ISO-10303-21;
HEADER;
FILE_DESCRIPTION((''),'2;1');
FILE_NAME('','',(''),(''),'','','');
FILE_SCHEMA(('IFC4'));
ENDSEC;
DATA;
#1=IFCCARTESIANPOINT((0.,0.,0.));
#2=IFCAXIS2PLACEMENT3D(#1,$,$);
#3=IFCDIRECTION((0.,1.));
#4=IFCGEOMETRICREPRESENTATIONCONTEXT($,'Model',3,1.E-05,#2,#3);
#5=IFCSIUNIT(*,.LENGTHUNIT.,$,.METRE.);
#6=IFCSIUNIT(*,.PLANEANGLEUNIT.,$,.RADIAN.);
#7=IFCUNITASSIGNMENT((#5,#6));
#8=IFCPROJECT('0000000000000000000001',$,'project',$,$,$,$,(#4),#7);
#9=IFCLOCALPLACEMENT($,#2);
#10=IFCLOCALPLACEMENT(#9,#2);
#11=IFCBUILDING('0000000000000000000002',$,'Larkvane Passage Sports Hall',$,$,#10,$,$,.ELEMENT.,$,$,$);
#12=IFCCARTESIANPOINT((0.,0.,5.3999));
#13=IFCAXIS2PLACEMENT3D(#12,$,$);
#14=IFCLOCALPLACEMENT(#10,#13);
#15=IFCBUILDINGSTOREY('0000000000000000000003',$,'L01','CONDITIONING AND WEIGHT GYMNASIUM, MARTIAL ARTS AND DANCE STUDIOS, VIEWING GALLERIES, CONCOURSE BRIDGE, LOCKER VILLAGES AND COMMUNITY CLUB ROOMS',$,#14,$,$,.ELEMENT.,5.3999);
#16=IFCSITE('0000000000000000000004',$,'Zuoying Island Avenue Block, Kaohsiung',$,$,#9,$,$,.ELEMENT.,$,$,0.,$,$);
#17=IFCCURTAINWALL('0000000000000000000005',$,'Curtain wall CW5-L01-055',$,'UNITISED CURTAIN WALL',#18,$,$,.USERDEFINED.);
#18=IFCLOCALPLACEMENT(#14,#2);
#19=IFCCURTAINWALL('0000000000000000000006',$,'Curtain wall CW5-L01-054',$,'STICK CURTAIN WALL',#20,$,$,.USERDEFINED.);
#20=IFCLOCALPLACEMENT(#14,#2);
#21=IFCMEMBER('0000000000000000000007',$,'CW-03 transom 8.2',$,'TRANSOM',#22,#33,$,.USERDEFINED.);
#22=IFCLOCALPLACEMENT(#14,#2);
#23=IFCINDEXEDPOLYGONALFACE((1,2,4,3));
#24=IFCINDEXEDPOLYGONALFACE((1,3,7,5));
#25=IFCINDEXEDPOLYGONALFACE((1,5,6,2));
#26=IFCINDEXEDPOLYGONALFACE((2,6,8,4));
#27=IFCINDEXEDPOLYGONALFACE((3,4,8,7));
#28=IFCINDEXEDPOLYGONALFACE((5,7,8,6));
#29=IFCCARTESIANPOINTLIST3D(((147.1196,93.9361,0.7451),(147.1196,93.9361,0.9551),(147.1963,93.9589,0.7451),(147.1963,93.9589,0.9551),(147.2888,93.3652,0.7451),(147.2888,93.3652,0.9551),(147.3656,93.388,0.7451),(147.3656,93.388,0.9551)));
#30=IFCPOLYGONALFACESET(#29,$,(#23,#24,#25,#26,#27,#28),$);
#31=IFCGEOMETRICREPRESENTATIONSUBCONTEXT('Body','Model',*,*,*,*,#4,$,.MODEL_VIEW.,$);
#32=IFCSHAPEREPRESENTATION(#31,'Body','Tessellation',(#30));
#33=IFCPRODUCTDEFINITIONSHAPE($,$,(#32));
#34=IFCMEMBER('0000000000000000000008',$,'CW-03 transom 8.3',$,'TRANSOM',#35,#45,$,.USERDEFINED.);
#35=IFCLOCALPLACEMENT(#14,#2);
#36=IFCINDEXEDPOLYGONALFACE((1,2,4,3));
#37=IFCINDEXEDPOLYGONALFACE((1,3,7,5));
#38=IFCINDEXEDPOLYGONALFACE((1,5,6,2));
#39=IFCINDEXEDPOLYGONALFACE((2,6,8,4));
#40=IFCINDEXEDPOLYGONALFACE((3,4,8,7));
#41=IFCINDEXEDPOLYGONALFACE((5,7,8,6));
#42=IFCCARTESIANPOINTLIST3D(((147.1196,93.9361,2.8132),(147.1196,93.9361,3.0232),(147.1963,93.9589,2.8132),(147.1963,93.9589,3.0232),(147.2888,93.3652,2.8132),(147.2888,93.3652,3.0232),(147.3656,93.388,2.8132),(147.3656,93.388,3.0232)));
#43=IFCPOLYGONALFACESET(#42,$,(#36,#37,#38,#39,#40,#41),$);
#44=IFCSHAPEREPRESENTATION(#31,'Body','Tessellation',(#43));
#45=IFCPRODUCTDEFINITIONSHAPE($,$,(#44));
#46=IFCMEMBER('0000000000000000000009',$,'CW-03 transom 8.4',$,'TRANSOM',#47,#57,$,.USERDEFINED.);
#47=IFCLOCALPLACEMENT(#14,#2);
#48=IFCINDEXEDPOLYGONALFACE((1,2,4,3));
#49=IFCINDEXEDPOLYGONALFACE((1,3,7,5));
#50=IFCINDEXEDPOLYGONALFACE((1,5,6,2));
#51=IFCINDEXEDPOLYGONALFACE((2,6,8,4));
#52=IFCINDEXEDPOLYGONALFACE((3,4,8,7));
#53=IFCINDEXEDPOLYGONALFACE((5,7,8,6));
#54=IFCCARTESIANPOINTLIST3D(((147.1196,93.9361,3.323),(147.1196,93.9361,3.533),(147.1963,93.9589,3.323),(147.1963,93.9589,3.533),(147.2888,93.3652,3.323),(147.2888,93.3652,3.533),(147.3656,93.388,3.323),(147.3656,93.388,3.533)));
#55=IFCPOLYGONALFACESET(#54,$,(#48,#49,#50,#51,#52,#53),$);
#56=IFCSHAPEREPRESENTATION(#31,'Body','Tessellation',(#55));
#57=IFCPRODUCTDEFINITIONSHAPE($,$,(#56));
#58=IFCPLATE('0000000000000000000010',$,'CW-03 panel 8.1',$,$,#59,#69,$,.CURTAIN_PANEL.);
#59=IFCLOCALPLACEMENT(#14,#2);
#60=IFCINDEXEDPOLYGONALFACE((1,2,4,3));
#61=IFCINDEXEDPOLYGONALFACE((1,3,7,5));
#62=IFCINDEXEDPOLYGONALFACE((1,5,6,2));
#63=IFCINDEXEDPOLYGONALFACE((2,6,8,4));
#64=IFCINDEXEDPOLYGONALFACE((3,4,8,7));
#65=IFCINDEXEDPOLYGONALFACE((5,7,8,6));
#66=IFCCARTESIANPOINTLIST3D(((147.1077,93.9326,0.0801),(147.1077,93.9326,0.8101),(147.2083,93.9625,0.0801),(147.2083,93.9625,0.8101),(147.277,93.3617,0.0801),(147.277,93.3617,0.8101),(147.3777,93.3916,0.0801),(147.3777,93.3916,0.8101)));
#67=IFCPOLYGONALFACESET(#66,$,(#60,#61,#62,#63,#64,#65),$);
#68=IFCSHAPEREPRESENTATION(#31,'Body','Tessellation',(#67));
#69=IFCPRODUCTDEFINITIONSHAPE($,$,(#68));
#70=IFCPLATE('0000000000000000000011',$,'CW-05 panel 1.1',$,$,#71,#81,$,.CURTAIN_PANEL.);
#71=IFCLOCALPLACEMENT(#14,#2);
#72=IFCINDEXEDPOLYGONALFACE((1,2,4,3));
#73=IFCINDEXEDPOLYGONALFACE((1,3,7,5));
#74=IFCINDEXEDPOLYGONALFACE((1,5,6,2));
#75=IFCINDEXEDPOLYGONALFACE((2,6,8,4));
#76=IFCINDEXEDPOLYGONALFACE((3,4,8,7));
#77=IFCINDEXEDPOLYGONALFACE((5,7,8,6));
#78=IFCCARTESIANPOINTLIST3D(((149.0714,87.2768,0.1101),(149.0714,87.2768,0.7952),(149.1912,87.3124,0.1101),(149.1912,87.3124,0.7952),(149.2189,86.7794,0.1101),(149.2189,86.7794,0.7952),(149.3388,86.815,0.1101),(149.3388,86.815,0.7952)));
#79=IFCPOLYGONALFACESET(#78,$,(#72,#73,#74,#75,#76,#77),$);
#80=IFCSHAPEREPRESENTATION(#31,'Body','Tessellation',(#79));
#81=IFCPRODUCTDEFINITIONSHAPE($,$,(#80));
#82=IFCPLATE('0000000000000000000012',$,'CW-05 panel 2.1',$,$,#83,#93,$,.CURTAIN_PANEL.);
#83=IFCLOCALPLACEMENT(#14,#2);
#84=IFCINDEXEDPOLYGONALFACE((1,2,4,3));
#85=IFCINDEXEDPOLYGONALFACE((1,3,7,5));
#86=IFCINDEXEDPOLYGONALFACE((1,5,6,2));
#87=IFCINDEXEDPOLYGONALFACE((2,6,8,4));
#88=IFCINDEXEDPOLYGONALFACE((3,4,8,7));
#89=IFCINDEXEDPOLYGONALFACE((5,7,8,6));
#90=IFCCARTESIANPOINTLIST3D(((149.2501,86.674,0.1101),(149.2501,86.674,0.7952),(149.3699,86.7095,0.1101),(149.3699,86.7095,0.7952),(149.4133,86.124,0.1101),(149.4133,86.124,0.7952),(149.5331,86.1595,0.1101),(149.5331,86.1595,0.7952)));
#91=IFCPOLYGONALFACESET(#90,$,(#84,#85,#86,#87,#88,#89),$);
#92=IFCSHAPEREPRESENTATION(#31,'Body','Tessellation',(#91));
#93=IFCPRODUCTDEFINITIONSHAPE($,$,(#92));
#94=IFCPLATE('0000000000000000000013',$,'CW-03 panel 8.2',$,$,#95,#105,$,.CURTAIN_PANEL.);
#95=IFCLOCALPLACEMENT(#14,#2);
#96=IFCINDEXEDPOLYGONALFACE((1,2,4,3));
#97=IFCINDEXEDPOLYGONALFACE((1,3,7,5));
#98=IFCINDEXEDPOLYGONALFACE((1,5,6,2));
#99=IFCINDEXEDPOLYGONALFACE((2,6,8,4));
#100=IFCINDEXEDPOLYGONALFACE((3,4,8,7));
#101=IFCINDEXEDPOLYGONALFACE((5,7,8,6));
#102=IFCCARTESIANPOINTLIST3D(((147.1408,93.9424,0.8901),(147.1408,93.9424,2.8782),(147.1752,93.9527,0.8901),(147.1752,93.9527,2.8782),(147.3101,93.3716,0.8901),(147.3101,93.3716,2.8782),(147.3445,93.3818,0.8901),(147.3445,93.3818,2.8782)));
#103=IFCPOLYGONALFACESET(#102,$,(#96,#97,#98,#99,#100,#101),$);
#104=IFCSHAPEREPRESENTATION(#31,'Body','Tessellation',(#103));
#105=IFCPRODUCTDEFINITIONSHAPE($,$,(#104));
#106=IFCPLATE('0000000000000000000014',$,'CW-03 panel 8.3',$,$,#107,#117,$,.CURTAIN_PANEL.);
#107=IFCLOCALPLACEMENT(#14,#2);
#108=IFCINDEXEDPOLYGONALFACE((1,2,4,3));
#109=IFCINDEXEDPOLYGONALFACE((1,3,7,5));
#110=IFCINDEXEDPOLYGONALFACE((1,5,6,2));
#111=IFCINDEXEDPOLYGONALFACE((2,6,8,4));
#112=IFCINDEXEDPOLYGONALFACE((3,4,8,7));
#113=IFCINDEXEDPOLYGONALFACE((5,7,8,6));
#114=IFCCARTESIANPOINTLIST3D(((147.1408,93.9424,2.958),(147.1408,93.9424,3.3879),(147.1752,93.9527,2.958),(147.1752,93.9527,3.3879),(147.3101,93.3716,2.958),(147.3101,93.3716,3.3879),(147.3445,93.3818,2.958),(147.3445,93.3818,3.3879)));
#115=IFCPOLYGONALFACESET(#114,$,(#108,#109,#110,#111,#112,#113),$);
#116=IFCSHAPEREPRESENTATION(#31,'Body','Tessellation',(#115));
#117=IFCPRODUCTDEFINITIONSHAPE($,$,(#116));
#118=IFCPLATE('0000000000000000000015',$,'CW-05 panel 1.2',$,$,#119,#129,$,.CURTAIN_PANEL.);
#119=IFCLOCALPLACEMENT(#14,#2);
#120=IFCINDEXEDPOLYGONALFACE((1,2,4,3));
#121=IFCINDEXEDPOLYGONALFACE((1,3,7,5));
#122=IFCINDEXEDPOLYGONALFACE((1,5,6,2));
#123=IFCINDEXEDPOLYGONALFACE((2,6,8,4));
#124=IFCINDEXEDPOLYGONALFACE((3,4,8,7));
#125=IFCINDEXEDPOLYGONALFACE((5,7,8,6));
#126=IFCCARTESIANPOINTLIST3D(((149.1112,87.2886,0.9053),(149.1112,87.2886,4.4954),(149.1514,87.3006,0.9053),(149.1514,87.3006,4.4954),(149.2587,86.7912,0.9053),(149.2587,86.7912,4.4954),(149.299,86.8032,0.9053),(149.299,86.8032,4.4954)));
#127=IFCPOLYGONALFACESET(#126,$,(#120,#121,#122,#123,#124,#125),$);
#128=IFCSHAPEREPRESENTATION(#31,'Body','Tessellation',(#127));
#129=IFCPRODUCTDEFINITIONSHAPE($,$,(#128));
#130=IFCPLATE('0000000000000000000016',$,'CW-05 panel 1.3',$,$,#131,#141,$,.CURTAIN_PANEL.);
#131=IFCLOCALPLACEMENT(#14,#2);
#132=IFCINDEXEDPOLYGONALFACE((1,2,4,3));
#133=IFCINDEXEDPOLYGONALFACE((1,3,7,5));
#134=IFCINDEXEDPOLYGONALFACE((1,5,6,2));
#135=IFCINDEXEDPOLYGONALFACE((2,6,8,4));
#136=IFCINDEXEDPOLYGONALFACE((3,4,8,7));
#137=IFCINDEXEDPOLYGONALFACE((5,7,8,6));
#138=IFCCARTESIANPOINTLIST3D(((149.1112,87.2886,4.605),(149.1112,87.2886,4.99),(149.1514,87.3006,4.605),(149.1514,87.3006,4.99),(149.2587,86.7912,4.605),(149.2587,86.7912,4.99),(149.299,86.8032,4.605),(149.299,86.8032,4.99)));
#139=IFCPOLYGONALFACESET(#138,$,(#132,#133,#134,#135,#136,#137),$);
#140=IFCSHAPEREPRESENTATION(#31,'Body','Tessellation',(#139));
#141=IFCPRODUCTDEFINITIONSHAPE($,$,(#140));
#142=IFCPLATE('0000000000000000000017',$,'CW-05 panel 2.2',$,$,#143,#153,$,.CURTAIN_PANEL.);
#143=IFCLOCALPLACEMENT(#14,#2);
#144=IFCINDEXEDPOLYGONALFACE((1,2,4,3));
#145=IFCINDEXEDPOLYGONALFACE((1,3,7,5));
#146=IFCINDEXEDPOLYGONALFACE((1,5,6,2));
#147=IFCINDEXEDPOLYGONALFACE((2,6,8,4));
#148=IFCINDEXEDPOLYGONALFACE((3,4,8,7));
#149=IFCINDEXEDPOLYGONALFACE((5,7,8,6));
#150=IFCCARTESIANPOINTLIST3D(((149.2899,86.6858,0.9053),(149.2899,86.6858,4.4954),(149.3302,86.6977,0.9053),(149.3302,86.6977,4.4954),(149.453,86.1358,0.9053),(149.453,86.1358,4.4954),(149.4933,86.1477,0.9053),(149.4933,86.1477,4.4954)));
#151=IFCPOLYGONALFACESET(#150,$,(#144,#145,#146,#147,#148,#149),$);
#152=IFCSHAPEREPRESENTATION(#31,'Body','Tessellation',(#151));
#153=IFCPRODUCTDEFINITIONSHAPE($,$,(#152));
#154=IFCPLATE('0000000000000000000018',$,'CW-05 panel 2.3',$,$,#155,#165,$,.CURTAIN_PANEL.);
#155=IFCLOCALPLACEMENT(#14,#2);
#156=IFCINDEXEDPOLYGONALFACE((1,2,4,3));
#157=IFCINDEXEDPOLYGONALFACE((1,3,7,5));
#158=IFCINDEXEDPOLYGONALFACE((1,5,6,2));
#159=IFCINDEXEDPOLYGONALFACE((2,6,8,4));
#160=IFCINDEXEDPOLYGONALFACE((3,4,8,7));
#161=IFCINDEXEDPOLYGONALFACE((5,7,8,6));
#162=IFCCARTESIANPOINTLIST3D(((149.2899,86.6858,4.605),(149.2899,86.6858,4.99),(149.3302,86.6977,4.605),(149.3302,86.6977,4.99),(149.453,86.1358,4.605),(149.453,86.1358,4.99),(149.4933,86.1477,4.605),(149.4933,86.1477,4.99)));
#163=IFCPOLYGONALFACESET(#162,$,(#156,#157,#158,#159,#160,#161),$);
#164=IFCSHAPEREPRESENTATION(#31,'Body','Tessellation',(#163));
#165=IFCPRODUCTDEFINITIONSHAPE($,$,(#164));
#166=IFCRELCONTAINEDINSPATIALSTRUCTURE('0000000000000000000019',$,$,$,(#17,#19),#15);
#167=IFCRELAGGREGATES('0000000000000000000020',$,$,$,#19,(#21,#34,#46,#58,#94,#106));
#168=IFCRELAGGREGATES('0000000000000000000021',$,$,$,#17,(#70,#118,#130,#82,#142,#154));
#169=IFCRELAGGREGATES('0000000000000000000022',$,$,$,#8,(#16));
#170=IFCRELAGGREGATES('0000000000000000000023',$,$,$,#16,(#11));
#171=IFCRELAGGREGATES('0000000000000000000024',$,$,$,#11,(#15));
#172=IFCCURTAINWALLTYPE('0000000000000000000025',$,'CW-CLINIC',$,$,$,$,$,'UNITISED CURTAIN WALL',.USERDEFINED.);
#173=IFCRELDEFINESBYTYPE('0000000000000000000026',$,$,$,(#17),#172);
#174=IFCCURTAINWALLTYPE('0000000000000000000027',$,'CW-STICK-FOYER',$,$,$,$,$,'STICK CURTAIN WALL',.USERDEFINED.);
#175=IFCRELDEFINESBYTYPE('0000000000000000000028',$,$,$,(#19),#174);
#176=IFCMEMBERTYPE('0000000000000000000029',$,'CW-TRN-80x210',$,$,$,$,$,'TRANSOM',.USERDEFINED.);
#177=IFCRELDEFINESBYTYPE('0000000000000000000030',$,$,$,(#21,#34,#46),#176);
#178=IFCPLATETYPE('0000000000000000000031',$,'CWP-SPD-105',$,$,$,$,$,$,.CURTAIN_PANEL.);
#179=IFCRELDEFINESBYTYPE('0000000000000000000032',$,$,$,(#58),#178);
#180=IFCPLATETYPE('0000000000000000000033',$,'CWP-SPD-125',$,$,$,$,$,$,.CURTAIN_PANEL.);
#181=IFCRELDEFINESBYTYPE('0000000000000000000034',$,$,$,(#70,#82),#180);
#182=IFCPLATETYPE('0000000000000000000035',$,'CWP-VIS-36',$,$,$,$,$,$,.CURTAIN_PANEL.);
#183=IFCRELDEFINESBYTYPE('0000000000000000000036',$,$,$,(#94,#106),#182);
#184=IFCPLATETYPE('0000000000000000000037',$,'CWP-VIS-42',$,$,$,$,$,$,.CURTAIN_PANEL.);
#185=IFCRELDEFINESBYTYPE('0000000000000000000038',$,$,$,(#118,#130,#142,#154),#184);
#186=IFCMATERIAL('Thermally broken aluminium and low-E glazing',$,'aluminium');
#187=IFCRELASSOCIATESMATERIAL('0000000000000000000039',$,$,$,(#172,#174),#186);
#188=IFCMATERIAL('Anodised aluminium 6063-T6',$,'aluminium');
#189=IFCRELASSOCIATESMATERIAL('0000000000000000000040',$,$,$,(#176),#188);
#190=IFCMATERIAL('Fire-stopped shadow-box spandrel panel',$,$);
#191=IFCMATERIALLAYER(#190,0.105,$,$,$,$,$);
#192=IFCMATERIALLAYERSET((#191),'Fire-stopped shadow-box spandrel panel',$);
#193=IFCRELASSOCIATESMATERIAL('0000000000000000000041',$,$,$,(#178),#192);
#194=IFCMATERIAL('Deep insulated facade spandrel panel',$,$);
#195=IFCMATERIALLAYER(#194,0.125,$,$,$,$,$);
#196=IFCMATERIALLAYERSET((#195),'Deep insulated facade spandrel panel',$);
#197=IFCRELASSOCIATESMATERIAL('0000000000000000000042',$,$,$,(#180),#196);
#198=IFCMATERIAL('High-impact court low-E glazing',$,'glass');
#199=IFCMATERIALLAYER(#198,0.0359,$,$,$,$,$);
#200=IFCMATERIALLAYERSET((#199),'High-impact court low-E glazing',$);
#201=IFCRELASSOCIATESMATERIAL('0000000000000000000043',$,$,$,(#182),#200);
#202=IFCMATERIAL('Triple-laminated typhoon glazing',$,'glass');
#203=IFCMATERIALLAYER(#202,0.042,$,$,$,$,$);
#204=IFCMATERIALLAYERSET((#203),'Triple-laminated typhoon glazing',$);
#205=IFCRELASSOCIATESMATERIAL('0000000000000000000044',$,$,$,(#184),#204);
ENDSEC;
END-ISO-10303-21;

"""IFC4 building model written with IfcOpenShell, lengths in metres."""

from ifc_helpers import new_model, si_unit, direction, frame, origin, origin_2d, place, context, subcontext, project, spatial, rectangle, extrude, material, layer, layer_set, material_profile, profile_set, type_object, element, aggregate, save


model = new_model("IFC4")

# Units and contexts
model_context = context("Model", 3, precision=1e-05, world=origin(), true_north=direction((0.0, 1.0)))
body_context = subcontext(model_context, "Body", "Model", "MODEL_VIEW")
ifc_project = project(units=[si_unit("LENGTHUNIT", "METRE"), si_unit("PLANEANGLEUNIT", "RADIAN")], contexts=[model_context])

# Site, building, storey
site_placement = place(None, origin())
site = spatial("IfcSite", under=ifc_project, at=site_placement, Name="Zuoying Island Avenue Block, Kaohsiung", CompositionType="ELEMENT", RefElevation=0.0)
building_placement = place(site_placement, origin())
building = spatial("IfcBuilding", under=site, at=building_placement, Name="Larkvane Passage Sports Hall", CompositionType="ELEMENT")
storey_placement = place(building_placement, frame((0.0, 0.0, 5.3999)))
storey = spatial("IfcBuildingStorey", under=building, at=storey_placement, Name="L01", Description="CONDITIONING AND WEIGHT GYMNASIUM, MARTIAL ARTS AND DANCE STUDIOS, VIEWING GALLERIES, CONCOURSE BRIDGE, LOCKER VILLAGES AND COMMUNITY CLUB ROOMS", CompositionType="ELEMENT", Elevation=5.3999)

# Curtain walls
ifc_material_1 = material(Name="Thermally broken aluminium and low-E glazing", Category="aluminium")
curtain_wall_type_1 = type_object("IfcCurtainWallType", Name="CW-CLINIC", ElementType="UNITISED CURTAIN WALL", PredefinedType="USERDEFINED", material=ifc_material_1)
curtain_wall_1_placement = place(storey_placement, origin())
curtain_wall_1 = element("IfcCurtainWall", 1, at=curtain_wall_1_placement, inside=storey, type_object=curtain_wall_type_1, Name="Curtain wall CW5-L01-055", ObjectType="UNITISED CURTAIN WALL", PredefinedType="USERDEFINED")
ifc_material_2 = material(Name="Anodised aluminium 6063-T6", Category="aluminium")
curtain_wall_type_2 = type_object("IfcCurtainWallType", Name="CW-STICK-FOYER", ElementType="STICK CURTAIN WALL", PredefinedType="USERDEFINED", material=ifc_material_1)
curtain_wall_2_placement = place(storey_placement, origin())
curtain_wall_2 = element("IfcCurtainWall", 2, at=curtain_wall_2_placement, inside=storey, type_object=curtain_wall_type_2, Name="Curtain wall CW5-L01-054", ObjectType="STICK CURTAIN WALL", PredefinedType="USERDEFINED")

# Members
ifc_material_profile_1 = material_profile(ifc_material_2, rectangle(XDim=0.0801, YDim=0.21, at=origin_2d()), Name="ALU-TRN-80x210")
ifc_profile_set_1 = profile_set([ifc_material_profile_1], Name="Anodised aluminium 6063-T6")
member_type_1 = type_object("IfcMemberType", Name="CW-TRN-80x210", ElementType="TRANSOM", PredefinedType="USERDEFINED", material=ifc_profile_set_1)
member_1_placement = place(storey_placement, frame((147.158, 93.9475, 0.8501), z_axis=(0.284186, -0.958769, 0.0), x_axis=(0.958769, 0.284186, 0.0)))
member_1 = element("IfcMember", 3, at=member_1_placement, type_object=member_type_1, Name="CW-03 transom 8.2", ObjectType="TRANSOM", PredefinedType="USERDEFINED", context=body_context, shape_type="SweptSolid", body=[
    extrude(rectangle(XDim=0.0801, YDim=0.21, at=origin_2d()), origin(), (0.0, 0.0, 1.0), 0.5955),
])
member_2_placement = place(storey_placement, frame((147.158, 93.9475, 2.9182), z_axis=(0.284186, -0.958769, 0.0), x_axis=(0.958769, 0.284186, 0.0)))
member_2 = element("IfcMember", 4, at=member_2_placement, type_object=member_type_1, Name="CW-03 transom 8.3", ObjectType="TRANSOM", PredefinedType="USERDEFINED", context=body_context, shape_type="SweptSolid", body=[
    extrude(rectangle(XDim=0.0801, YDim=0.21, at=origin_2d()), origin(), (0.0, 0.0, 1.0), 0.5955),
])
member_3_placement = place(storey_placement, frame((147.158, 93.9475, 3.428), z_axis=(0.284186, -0.958769, 0.0), x_axis=(0.958769, 0.284186, 0.0)))
member_3 = element("IfcMember", 5, at=member_3_placement, type_object=member_type_1, Name="CW-03 transom 8.4", ObjectType="TRANSOM", PredefinedType="USERDEFINED", context=body_context, shape_type="SweptSolid", body=[
    extrude(rectangle(XDim=0.0801, YDim=0.21, at=origin_2d()), origin(), (0.0, 0.0, 1.0), 0.5955),
])

# Plates
ifc_material_3 = material(Name="Fire-stopped shadow-box spandrel panel")
ifc_layer_1 = layer(ifc_material_3, 0.105)
ifc_layer_set_1 = layer_set([ifc_layer_1], Name="Fire-stopped shadow-box spandrel panel")
plate_type_1 = type_object("IfcPlateType", Name="CWP-SPD-105", PredefinedType="CURTAIN_PANEL", material=ifc_layer_set_1)
plate_1_placement = place(storey_placement, frame((147.2427, 93.6621, 0.0801), z_axis=(0.0, 0.0, 1.0), x_axis=(0.284363, -0.958717, 0.0)))
plate_1 = element("IfcPlate", 6, at=plate_1_placement, type_object=plate_type_1, Name="CW-03 panel 8.1", PredefinedType="CURTAIN_PANEL", context=body_context, shape_type="SweptSolid", body=[
    extrude(rectangle(XDim=0.5955, YDim=0.105, at=origin_2d()), origin(), (0.0, 0.0, 1.0), 0.73),
])
ifc_material_4 = material(Name="Deep insulated facade spandrel panel")
ifc_layer_2 = layer(ifc_material_4, 0.125)
ifc_layer_set_2 = layer_set([ifc_layer_2], Name="Deep insulated facade spandrel panel")
plate_type_2 = type_object("IfcPlateType", Name="CWP-SPD-125", PredefinedType="CURTAIN_PANEL", material=ifc_layer_set_2)
plate_2_placement = place(storey_placement, frame((149.2051, 87.0459, 0.1101), z_axis=(0.0, 0.0, 1.0), x_axis=(0.284365, -0.958716, 0.0)))
plate_2 = element("IfcPlate", 7, at=plate_2_placement, type_object=plate_type_2, Name="CW-05 panel 1.1", PredefinedType="CURTAIN_PANEL", context=body_context, shape_type="SweptSolid", body=[
    extrude(rectangle(XDim=0.5188, YDim=0.125, at=origin_2d()), origin(), (0.0, 0.0, 1.0), 0.6851),
])
plate_3_placement = place(storey_placement, frame((149.3916, 86.4167, 0.1101), z_axis=(0.0, 0.0, 1.0), x_axis=(0.284365, -0.958716, 0.0)))
plate_3 = element("IfcPlate", 8, at=plate_3_placement, type_object=plate_type_2, Name="CW-05 panel 2.1", PredefinedType="CURTAIN_PANEL", context=body_context, shape_type="SweptSolid", body=[
    extrude(rectangle(XDim=0.5737, YDim=0.125, at=origin_2d()), origin(), (0.0, 0.0, 1.0), 0.6851),
])
ifc_material_5 = material(Name="High-impact court low-E glazing", Category="glass")
ifc_layer_3 = layer(ifc_material_5, 0.0359)
ifc_layer_set_3 = layer_set([ifc_layer_3], Name="High-impact court low-E glazing")
plate_type_3 = type_object("IfcPlateType", Name="CWP-VIS-36", PredefinedType="CURTAIN_PANEL", material=ifc_layer_set_3)
plate_4_placement = place(storey_placement, frame((147.2427, 93.6621, 0.8901), z_axis=(0.0, 0.0, 1.0), x_axis=(0.284363, -0.958717, 0.0)))
plate_4 = element("IfcPlate", 9, at=plate_4_placement, type_object=plate_type_3, Name="CW-03 panel 8.2", PredefinedType="CURTAIN_PANEL", context=body_context, shape_type="SweptSolid", body=[
    extrude(rectangle(XDim=0.5955, YDim=0.0359, at=origin_2d()), origin(), (0.0, 0.0, 1.0), 1.988),
])
plate_5_placement = place(storey_placement, frame((147.2427, 93.6621, 2.958), z_axis=(0.0, 0.0, 1.0), x_axis=(0.284363, -0.958717, 0.0)))
plate_5 = element("IfcPlate", 10, at=plate_5_placement, type_object=plate_type_3, Name="CW-03 panel 8.3", PredefinedType="CURTAIN_PANEL", context=body_context, shape_type="SweptSolid", body=[
    extrude(rectangle(XDim=0.5955, YDim=0.0359, at=origin_2d()), origin(), (0.0, 0.0, 1.0), 0.4299),
])
aggregate(curtain_wall_2, [member_1, member_2, member_3, plate_1, plate_4, plate_5])
ifc_material_6 = material(Name="Triple-laminated typhoon glazing", Category="glass")
ifc_layer_4 = layer(ifc_material_6, 0.042)
ifc_layer_set_4 = layer_set([ifc_layer_4], Name="Triple-laminated typhoon glazing")
plate_type_4 = type_object("IfcPlateType", Name="CWP-VIS-42", PredefinedType="CURTAIN_PANEL", material=ifc_layer_set_4)
plate_6_placement = place(storey_placement, frame((149.2051, 87.0459, 0.9053), z_axis=(0.0, 0.0, 1.0), x_axis=(0.284365, -0.958716, 0.0)))
plate_6 = element("IfcPlate", 11, at=plate_6_placement, type_object=plate_type_4, Name="CW-05 panel 1.2", PredefinedType="CURTAIN_PANEL", context=body_context, shape_type="SweptSolid", body=[
    extrude(rectangle(XDim=0.5188, YDim=0.042, at=origin_2d()), origin(), (0.0, 0.0, 1.0), 3.5901),
])
plate_7_placement = place(storey_placement, frame((149.2051, 87.0459, 4.605), z_axis=(0.0, 0.0, 1.0), x_axis=(0.284365, -0.958716, 0.0)))
plate_7 = element("IfcPlate", 12, at=plate_7_placement, type_object=plate_type_4, Name="CW-05 panel 1.3", PredefinedType="CURTAIN_PANEL", context=body_context, shape_type="SweptSolid", body=[
    extrude(rectangle(XDim=0.5188, YDim=0.042, at=origin_2d()), origin(), (0.0, 0.0, 1.0), 0.385),
])
plate_8_placement = place(storey_placement, frame((149.3916, 86.4167, 0.9053), z_axis=(0.0, 0.0, 1.0), x_axis=(0.284365, -0.958716, 0.0)))
plate_8 = element("IfcPlate", 13, at=plate_8_placement, type_object=plate_type_4, Name="CW-05 panel 2.2", PredefinedType="CURTAIN_PANEL", context=body_context, shape_type="SweptSolid", body=[
    extrude(rectangle(XDim=0.5737, YDim=0.042, at=origin_2d()), origin(), (0.0, 0.0, 1.0), 3.5901),
])
plate_9_placement = place(storey_placement, frame((149.3916, 86.4167, 4.605), z_axis=(0.0, 0.0, 1.0), x_axis=(0.284365, -0.958716, 0.0)))
plate_9 = element("IfcPlate", 14, at=plate_9_placement, type_object=plate_type_4, Name="CW-05 panel 2.3", PredefinedType="CURTAIN_PANEL", context=body_context, shape_type="SweptSolid", body=[
    extrude(rectangle(XDim=0.5737, YDim=0.042, at=origin_2d()), origin(), (0.0, 0.0, 1.0), 0.385),
])
aggregate(curtain_wall_1, [plate_2, plate_6, plate_7, plate_3, plate_8, plate_9])

save(model, "model.ifc")
